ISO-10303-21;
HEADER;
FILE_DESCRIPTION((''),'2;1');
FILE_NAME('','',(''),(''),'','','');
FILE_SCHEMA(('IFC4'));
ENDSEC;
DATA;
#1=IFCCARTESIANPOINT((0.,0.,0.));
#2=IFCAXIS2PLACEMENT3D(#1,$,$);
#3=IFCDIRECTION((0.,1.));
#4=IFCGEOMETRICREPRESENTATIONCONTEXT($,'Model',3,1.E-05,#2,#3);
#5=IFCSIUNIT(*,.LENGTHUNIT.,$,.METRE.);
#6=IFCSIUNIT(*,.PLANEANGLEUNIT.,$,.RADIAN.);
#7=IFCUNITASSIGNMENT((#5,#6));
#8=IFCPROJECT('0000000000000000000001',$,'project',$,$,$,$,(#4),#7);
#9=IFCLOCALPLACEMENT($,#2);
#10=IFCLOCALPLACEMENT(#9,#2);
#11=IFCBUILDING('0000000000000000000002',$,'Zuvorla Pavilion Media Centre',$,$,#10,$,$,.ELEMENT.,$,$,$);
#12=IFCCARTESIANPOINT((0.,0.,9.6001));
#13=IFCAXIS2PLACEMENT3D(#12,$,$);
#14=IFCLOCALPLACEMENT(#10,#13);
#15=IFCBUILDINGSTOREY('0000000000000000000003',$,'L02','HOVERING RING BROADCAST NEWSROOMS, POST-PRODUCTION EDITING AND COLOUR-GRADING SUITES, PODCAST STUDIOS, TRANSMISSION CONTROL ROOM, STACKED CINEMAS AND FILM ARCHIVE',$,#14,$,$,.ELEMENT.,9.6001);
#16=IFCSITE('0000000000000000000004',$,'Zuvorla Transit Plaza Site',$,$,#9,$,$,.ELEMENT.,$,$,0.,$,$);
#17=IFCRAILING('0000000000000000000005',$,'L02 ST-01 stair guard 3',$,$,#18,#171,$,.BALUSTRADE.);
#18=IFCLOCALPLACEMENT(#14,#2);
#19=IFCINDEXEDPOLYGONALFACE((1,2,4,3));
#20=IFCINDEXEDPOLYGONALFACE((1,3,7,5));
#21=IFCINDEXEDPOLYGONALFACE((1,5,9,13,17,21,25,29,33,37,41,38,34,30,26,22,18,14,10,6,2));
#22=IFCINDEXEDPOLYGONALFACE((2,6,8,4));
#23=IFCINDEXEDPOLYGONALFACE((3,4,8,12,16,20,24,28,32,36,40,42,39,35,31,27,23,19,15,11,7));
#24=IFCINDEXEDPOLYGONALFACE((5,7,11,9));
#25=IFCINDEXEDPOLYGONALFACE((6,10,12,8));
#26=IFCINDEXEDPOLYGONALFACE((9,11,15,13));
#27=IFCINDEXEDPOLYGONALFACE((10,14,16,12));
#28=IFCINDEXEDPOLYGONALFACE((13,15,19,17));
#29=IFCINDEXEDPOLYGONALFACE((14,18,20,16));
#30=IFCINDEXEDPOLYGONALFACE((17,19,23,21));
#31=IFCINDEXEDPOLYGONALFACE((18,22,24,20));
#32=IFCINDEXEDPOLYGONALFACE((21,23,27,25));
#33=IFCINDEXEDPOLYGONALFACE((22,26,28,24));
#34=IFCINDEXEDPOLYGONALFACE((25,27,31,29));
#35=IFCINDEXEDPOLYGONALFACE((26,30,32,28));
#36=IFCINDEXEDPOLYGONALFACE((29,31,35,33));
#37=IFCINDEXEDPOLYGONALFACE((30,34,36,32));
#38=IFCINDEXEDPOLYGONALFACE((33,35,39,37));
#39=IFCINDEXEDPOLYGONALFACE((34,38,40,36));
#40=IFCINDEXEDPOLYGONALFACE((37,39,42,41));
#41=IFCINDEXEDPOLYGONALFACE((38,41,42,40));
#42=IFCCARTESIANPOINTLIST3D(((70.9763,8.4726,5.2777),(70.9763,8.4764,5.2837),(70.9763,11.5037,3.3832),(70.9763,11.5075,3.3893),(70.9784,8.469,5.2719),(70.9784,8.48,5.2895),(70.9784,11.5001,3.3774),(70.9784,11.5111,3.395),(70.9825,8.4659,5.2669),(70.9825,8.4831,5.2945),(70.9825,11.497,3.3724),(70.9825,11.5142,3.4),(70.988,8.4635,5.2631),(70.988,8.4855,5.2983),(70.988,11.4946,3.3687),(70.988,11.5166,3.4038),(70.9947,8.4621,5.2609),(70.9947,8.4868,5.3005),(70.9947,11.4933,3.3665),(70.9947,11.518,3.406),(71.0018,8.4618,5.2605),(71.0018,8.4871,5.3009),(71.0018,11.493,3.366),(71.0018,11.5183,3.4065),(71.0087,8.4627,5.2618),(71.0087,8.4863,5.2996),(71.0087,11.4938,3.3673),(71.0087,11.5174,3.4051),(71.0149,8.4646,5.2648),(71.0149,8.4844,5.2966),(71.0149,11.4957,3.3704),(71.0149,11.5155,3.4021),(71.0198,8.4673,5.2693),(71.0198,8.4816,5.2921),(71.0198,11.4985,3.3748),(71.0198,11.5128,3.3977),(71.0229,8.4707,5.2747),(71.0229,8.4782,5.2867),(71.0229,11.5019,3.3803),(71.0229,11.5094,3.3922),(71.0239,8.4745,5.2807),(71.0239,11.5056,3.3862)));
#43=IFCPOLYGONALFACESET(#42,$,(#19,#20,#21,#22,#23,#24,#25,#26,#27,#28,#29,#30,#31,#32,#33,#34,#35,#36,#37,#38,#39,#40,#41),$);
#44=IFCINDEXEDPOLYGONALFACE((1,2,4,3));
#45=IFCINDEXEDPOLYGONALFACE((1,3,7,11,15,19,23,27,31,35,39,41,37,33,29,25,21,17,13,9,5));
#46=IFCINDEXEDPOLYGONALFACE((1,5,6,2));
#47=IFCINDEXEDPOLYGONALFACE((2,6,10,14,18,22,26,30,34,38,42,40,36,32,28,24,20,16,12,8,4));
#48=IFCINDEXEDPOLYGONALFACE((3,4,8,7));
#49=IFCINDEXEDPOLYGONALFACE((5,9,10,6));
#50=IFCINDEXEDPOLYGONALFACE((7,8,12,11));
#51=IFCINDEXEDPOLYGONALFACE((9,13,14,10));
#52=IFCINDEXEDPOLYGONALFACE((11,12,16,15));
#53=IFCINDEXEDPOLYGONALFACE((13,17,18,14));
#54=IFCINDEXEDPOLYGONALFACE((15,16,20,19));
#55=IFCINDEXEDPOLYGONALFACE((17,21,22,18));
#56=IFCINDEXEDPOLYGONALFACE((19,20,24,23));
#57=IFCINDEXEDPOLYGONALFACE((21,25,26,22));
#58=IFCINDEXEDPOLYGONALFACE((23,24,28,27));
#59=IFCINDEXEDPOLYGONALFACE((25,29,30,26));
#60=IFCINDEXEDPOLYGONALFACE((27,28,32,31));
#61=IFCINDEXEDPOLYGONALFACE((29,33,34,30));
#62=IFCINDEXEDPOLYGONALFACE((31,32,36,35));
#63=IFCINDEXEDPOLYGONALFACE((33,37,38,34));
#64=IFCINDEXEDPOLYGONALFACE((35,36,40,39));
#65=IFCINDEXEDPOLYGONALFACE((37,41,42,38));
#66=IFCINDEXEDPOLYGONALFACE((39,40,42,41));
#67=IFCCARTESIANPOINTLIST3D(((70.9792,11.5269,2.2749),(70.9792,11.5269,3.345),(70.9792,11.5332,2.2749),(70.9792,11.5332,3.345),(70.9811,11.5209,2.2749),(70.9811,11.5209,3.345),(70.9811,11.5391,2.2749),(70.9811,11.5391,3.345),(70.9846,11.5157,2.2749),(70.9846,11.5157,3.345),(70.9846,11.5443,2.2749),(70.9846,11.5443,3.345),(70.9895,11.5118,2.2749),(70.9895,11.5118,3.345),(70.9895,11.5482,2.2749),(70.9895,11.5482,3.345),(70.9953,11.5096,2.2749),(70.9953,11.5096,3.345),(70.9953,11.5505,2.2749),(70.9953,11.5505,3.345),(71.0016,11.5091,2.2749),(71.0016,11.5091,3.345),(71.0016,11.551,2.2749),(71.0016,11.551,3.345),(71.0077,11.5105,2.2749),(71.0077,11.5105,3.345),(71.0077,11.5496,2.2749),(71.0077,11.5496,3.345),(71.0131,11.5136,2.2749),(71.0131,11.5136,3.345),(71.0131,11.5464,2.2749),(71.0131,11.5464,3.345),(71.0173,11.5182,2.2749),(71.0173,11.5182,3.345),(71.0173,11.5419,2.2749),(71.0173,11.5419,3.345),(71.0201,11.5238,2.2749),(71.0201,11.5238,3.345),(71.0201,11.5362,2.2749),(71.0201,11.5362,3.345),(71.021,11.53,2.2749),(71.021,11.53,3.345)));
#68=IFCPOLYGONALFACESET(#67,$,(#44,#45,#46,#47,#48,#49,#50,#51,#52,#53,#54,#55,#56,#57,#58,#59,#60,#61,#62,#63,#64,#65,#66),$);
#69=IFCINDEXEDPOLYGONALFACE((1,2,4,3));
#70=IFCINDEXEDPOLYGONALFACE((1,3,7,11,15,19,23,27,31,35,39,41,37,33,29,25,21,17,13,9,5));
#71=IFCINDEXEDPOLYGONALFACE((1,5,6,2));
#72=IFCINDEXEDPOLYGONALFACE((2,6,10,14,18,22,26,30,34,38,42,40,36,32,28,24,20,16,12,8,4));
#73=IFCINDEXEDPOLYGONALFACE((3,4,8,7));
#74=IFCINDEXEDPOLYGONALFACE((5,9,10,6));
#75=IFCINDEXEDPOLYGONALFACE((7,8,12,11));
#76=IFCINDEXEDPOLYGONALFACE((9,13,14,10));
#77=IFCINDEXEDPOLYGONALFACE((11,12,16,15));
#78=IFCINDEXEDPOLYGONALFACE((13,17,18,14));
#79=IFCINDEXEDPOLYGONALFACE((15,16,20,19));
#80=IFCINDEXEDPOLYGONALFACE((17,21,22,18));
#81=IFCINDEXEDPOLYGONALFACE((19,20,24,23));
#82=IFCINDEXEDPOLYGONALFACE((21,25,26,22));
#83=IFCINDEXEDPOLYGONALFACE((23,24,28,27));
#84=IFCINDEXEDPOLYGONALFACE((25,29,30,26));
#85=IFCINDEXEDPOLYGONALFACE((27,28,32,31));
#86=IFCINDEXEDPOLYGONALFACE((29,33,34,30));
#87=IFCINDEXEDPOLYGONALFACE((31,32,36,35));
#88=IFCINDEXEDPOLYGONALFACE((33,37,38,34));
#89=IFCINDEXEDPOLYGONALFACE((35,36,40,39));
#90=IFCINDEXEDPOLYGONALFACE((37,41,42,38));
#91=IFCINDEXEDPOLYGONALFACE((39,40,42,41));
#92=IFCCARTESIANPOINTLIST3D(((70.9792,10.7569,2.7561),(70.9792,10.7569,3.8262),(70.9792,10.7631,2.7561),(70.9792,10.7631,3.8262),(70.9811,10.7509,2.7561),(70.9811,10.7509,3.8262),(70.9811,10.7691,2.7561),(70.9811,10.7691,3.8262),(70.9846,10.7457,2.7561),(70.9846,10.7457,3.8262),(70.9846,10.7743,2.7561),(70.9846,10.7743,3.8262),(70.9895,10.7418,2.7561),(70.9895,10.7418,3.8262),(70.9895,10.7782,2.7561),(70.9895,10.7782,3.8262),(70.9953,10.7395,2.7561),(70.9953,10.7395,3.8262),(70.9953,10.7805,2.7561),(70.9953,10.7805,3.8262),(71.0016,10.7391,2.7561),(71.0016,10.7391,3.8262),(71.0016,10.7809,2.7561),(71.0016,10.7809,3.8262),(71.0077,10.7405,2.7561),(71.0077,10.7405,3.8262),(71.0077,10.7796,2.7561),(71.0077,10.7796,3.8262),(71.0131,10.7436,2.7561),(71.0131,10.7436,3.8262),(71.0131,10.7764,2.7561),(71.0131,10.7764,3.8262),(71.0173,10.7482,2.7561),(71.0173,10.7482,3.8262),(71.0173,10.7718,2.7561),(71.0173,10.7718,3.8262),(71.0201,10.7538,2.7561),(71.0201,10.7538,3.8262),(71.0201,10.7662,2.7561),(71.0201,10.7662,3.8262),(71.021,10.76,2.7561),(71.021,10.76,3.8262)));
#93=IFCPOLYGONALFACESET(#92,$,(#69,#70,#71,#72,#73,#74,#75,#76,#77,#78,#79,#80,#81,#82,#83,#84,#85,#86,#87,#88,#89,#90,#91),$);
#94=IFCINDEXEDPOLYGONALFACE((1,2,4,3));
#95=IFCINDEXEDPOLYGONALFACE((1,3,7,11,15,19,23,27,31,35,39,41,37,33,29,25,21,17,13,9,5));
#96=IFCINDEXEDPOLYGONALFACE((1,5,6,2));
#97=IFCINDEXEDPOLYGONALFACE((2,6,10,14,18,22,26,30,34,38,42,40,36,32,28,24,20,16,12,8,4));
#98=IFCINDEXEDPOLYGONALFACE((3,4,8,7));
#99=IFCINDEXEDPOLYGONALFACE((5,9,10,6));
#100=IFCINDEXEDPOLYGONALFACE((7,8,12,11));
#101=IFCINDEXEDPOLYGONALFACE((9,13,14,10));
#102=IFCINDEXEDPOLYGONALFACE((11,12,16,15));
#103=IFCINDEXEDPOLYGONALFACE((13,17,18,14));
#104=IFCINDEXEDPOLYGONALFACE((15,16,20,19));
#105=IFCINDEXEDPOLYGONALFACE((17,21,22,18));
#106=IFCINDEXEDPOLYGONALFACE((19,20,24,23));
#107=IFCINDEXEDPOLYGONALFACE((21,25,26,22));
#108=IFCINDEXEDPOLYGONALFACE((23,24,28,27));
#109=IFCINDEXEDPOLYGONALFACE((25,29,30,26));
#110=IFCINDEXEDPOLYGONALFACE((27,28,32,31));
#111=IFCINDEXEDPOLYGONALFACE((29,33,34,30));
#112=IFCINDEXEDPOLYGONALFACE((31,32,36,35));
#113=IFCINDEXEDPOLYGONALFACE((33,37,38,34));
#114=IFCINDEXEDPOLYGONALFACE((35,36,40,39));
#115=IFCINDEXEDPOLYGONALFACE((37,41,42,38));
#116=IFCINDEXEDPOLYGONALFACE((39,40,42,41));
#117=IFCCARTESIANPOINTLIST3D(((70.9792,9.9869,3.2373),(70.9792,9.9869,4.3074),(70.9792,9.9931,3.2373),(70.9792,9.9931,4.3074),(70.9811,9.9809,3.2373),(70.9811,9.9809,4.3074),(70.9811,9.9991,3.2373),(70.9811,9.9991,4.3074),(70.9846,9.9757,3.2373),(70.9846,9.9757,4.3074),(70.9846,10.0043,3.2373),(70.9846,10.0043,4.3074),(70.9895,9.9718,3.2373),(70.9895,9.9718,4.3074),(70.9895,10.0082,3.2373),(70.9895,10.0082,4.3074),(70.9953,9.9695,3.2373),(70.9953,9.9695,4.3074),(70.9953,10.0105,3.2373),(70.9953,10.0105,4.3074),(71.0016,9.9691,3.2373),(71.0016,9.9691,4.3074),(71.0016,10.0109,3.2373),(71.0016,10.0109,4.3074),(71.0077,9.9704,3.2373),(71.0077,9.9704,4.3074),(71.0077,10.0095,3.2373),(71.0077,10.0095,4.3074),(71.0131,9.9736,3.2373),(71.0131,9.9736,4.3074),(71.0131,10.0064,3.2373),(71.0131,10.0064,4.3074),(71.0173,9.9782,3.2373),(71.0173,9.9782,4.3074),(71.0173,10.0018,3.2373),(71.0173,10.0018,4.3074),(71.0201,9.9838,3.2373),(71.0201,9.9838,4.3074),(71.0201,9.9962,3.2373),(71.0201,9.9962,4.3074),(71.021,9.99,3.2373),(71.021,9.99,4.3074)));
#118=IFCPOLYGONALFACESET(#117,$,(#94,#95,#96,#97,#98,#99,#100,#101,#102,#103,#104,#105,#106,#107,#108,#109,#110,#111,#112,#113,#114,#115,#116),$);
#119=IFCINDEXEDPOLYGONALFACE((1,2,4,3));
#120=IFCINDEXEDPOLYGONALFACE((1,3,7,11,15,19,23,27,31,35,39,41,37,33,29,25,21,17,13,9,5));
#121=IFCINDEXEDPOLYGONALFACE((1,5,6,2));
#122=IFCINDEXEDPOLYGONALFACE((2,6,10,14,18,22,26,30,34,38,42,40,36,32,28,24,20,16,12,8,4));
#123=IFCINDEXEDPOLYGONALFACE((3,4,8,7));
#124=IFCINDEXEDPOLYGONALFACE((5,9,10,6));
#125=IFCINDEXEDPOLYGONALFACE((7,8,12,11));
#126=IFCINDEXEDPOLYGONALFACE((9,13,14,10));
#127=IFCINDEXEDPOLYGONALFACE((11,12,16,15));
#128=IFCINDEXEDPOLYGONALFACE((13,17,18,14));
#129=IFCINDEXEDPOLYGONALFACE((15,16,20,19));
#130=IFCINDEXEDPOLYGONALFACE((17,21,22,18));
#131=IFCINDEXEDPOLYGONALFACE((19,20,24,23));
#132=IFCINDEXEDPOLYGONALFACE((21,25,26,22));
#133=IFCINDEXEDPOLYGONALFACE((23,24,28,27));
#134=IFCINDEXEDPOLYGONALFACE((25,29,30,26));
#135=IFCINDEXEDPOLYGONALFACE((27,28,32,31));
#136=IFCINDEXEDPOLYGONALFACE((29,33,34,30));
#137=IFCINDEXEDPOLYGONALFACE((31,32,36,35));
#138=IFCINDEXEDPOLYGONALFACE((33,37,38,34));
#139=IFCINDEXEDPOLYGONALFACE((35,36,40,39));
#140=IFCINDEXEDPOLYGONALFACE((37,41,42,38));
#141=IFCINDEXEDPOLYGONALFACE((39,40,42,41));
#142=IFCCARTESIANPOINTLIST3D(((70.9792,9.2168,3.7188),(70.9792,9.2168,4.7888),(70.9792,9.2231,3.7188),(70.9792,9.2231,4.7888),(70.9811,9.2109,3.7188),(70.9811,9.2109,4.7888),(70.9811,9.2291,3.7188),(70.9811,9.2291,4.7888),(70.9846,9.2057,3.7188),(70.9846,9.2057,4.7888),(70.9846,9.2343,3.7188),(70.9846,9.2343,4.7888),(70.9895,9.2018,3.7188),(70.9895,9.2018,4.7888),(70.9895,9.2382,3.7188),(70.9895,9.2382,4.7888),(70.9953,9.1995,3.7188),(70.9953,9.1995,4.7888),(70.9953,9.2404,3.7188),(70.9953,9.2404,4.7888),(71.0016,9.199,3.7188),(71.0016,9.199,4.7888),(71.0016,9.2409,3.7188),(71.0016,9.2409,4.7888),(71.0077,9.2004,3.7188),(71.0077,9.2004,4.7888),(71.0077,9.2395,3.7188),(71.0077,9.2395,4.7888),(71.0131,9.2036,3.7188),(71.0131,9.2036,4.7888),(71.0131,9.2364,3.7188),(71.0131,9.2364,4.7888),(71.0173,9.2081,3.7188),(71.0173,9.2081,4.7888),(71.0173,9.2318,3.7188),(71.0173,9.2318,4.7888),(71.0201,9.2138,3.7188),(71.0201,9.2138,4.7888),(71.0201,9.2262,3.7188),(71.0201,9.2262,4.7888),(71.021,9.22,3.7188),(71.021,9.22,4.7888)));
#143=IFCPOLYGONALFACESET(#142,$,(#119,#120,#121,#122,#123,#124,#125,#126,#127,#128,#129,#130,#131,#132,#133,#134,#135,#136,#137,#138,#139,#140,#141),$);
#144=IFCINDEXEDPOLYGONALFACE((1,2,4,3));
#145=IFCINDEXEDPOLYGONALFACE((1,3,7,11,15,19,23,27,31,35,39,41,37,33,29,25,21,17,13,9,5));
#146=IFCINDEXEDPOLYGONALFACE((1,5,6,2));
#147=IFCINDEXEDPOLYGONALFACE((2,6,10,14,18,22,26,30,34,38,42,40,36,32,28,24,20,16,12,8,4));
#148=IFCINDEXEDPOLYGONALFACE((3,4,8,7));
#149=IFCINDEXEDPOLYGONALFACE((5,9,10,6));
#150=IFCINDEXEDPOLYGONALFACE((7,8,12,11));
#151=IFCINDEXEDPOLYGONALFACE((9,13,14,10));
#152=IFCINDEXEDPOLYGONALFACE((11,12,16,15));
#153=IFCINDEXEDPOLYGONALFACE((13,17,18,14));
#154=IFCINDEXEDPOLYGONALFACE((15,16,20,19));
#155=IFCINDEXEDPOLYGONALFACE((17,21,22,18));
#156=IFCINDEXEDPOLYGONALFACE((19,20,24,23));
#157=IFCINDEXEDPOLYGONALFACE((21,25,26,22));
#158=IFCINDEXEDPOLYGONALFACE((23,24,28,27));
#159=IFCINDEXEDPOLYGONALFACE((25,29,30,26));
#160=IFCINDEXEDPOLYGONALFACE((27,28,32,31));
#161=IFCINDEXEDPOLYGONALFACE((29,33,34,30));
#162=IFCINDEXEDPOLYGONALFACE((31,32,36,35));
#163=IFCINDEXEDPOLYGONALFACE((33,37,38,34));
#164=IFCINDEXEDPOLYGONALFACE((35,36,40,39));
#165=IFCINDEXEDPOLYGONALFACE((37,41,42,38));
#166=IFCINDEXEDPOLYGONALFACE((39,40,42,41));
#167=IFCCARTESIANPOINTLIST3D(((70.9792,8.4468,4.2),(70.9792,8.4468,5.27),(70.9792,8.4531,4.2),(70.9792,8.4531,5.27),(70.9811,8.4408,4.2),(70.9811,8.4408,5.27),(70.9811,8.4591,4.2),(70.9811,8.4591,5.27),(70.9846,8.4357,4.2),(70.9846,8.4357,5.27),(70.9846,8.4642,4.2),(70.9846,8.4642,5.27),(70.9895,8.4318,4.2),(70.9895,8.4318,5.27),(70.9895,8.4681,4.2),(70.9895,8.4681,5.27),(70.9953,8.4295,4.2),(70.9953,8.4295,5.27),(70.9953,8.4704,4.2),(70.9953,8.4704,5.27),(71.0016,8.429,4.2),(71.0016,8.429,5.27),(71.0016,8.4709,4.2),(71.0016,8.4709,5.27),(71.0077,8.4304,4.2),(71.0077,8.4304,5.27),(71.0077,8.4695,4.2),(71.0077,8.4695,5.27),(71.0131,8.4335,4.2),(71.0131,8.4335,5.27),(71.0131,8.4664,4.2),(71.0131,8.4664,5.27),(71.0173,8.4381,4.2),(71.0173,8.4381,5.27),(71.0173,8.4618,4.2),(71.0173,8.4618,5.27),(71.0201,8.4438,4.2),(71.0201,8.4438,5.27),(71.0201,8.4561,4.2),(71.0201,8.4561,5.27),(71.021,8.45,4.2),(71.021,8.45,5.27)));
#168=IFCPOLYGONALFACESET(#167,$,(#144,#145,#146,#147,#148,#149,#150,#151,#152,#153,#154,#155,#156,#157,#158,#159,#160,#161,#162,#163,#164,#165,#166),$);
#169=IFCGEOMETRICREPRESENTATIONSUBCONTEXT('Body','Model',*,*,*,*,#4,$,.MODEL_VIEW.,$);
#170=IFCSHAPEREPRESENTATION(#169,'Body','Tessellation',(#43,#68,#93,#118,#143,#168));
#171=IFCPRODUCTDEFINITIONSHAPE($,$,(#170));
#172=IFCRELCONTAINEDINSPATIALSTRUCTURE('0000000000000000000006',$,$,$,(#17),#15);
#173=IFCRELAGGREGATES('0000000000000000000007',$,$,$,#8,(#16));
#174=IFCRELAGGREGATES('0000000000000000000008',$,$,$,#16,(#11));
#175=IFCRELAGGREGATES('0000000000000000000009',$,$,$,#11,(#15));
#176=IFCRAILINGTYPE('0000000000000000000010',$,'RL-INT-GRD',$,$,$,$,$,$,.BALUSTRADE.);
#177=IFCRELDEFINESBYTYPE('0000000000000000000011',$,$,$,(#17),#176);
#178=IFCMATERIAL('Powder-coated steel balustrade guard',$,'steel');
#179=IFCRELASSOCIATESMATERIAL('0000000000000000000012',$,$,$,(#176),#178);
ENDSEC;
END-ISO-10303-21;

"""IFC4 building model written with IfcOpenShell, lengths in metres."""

from ifc_helpers import new_model, si_unit, direction, frame, origin, origin_2d, place, context, subcontext, project, spatial, circle, extrude, material, type_object, element, save


model = new_model("IFC4")

# Units and contexts
model_context = context("Model", 3, precision=1e-05, world=origin(), true_north=direction((0.0, 1.0)))
body_context = subcontext(model_context, "Body", "Model", "MODEL_VIEW")
ifc_project = project(units=[si_unit("LENGTHUNIT", "METRE"), si_unit("PLANEANGLEUNIT", "RADIAN")], contexts=[model_context])

# Site, building, storey
site_placement = place(None, origin())
site = spatial("IfcSite", under=ifc_project, at=site_placement, Name="Zuvorla Transit Plaza Site", CompositionType="ELEMENT", RefElevation=0.0)
building_placement = place(site_placement, origin())
building = spatial("IfcBuilding", under=site, at=building_placement, Name="Zuvorla Pavilion Media Centre", CompositionType="ELEMENT")
storey_placement = place(building_placement, frame((0.0, 0.0, 9.6001)))
storey = spatial("IfcBuildingStorey", under=building, at=storey_placement, Name="L02", Description="HOVERING RING BROADCAST NEWSROOMS, POST-PRODUCTION EDITING AND COLOUR-GRADING SUITES, PODCAST STUDIOS, TRANSMISSION CONTROL ROOM, STACKED CINEMAS AND FILM ARCHIVE", CompositionType="ELEMENT", Elevation=9.6001)

# Railing
ifc_material_1 = material(Name="Powder-coated steel balustrade guard", Category="steel")
railing_type_1 = type_object("IfcRailingType", Name="RL-INT-GRD", PredefinedType="BALUSTRADE", material=ifc_material_1)
railing_1_placement = place(storey_placement, frame((71.0, 11.53, 2.2749)))
element("IfcRailing", 1, at=railing_1_placement, inside=storey, type_object=railing_type_1, Name="L02 ST-01 stair guard 3", PredefinedType="BALUSTRADE", context=body_context, shape_type="SweptSolid", body=[
    extrude(circle(Radius=0.0239, at=origin_2d()), frame((0.0, -0.0244, 1.1113), z_axis=(0.0, -0.847998, 0.529999), x_axis=(1.0, 0.0, 0.0)), (0.0, 0.0, 1.0), 3.5745),
    extrude(circle(Radius=0.021, at=origin_2d()), origin(), (0.0, 0.0, 1.0), 1.0701),
    extrude(circle(Radius=0.021, at=origin_2d()), frame((0.0, -0.77, 0.4812)), (0.0, 0.0, 1.0), 1.0701),
    extrude(circle(Radius=0.021, at=origin_2d()), frame((0.0, -1.54, 0.9624)), (0.0, 0.0, 1.0), 1.0701),
    extrude(circle(Radius=0.021, at=origin_2d()), frame((0.0, -2.3101, 1.4438)), (0.0, 0.0, 1.0), 1.0701),
    extrude(circle(Radius=0.021, at=origin_2d()), frame((0.0, -3.0801, 1.925)), (0.0, 0.0, 1.0), 1.0701),
])

save(model, "model.ifc")
